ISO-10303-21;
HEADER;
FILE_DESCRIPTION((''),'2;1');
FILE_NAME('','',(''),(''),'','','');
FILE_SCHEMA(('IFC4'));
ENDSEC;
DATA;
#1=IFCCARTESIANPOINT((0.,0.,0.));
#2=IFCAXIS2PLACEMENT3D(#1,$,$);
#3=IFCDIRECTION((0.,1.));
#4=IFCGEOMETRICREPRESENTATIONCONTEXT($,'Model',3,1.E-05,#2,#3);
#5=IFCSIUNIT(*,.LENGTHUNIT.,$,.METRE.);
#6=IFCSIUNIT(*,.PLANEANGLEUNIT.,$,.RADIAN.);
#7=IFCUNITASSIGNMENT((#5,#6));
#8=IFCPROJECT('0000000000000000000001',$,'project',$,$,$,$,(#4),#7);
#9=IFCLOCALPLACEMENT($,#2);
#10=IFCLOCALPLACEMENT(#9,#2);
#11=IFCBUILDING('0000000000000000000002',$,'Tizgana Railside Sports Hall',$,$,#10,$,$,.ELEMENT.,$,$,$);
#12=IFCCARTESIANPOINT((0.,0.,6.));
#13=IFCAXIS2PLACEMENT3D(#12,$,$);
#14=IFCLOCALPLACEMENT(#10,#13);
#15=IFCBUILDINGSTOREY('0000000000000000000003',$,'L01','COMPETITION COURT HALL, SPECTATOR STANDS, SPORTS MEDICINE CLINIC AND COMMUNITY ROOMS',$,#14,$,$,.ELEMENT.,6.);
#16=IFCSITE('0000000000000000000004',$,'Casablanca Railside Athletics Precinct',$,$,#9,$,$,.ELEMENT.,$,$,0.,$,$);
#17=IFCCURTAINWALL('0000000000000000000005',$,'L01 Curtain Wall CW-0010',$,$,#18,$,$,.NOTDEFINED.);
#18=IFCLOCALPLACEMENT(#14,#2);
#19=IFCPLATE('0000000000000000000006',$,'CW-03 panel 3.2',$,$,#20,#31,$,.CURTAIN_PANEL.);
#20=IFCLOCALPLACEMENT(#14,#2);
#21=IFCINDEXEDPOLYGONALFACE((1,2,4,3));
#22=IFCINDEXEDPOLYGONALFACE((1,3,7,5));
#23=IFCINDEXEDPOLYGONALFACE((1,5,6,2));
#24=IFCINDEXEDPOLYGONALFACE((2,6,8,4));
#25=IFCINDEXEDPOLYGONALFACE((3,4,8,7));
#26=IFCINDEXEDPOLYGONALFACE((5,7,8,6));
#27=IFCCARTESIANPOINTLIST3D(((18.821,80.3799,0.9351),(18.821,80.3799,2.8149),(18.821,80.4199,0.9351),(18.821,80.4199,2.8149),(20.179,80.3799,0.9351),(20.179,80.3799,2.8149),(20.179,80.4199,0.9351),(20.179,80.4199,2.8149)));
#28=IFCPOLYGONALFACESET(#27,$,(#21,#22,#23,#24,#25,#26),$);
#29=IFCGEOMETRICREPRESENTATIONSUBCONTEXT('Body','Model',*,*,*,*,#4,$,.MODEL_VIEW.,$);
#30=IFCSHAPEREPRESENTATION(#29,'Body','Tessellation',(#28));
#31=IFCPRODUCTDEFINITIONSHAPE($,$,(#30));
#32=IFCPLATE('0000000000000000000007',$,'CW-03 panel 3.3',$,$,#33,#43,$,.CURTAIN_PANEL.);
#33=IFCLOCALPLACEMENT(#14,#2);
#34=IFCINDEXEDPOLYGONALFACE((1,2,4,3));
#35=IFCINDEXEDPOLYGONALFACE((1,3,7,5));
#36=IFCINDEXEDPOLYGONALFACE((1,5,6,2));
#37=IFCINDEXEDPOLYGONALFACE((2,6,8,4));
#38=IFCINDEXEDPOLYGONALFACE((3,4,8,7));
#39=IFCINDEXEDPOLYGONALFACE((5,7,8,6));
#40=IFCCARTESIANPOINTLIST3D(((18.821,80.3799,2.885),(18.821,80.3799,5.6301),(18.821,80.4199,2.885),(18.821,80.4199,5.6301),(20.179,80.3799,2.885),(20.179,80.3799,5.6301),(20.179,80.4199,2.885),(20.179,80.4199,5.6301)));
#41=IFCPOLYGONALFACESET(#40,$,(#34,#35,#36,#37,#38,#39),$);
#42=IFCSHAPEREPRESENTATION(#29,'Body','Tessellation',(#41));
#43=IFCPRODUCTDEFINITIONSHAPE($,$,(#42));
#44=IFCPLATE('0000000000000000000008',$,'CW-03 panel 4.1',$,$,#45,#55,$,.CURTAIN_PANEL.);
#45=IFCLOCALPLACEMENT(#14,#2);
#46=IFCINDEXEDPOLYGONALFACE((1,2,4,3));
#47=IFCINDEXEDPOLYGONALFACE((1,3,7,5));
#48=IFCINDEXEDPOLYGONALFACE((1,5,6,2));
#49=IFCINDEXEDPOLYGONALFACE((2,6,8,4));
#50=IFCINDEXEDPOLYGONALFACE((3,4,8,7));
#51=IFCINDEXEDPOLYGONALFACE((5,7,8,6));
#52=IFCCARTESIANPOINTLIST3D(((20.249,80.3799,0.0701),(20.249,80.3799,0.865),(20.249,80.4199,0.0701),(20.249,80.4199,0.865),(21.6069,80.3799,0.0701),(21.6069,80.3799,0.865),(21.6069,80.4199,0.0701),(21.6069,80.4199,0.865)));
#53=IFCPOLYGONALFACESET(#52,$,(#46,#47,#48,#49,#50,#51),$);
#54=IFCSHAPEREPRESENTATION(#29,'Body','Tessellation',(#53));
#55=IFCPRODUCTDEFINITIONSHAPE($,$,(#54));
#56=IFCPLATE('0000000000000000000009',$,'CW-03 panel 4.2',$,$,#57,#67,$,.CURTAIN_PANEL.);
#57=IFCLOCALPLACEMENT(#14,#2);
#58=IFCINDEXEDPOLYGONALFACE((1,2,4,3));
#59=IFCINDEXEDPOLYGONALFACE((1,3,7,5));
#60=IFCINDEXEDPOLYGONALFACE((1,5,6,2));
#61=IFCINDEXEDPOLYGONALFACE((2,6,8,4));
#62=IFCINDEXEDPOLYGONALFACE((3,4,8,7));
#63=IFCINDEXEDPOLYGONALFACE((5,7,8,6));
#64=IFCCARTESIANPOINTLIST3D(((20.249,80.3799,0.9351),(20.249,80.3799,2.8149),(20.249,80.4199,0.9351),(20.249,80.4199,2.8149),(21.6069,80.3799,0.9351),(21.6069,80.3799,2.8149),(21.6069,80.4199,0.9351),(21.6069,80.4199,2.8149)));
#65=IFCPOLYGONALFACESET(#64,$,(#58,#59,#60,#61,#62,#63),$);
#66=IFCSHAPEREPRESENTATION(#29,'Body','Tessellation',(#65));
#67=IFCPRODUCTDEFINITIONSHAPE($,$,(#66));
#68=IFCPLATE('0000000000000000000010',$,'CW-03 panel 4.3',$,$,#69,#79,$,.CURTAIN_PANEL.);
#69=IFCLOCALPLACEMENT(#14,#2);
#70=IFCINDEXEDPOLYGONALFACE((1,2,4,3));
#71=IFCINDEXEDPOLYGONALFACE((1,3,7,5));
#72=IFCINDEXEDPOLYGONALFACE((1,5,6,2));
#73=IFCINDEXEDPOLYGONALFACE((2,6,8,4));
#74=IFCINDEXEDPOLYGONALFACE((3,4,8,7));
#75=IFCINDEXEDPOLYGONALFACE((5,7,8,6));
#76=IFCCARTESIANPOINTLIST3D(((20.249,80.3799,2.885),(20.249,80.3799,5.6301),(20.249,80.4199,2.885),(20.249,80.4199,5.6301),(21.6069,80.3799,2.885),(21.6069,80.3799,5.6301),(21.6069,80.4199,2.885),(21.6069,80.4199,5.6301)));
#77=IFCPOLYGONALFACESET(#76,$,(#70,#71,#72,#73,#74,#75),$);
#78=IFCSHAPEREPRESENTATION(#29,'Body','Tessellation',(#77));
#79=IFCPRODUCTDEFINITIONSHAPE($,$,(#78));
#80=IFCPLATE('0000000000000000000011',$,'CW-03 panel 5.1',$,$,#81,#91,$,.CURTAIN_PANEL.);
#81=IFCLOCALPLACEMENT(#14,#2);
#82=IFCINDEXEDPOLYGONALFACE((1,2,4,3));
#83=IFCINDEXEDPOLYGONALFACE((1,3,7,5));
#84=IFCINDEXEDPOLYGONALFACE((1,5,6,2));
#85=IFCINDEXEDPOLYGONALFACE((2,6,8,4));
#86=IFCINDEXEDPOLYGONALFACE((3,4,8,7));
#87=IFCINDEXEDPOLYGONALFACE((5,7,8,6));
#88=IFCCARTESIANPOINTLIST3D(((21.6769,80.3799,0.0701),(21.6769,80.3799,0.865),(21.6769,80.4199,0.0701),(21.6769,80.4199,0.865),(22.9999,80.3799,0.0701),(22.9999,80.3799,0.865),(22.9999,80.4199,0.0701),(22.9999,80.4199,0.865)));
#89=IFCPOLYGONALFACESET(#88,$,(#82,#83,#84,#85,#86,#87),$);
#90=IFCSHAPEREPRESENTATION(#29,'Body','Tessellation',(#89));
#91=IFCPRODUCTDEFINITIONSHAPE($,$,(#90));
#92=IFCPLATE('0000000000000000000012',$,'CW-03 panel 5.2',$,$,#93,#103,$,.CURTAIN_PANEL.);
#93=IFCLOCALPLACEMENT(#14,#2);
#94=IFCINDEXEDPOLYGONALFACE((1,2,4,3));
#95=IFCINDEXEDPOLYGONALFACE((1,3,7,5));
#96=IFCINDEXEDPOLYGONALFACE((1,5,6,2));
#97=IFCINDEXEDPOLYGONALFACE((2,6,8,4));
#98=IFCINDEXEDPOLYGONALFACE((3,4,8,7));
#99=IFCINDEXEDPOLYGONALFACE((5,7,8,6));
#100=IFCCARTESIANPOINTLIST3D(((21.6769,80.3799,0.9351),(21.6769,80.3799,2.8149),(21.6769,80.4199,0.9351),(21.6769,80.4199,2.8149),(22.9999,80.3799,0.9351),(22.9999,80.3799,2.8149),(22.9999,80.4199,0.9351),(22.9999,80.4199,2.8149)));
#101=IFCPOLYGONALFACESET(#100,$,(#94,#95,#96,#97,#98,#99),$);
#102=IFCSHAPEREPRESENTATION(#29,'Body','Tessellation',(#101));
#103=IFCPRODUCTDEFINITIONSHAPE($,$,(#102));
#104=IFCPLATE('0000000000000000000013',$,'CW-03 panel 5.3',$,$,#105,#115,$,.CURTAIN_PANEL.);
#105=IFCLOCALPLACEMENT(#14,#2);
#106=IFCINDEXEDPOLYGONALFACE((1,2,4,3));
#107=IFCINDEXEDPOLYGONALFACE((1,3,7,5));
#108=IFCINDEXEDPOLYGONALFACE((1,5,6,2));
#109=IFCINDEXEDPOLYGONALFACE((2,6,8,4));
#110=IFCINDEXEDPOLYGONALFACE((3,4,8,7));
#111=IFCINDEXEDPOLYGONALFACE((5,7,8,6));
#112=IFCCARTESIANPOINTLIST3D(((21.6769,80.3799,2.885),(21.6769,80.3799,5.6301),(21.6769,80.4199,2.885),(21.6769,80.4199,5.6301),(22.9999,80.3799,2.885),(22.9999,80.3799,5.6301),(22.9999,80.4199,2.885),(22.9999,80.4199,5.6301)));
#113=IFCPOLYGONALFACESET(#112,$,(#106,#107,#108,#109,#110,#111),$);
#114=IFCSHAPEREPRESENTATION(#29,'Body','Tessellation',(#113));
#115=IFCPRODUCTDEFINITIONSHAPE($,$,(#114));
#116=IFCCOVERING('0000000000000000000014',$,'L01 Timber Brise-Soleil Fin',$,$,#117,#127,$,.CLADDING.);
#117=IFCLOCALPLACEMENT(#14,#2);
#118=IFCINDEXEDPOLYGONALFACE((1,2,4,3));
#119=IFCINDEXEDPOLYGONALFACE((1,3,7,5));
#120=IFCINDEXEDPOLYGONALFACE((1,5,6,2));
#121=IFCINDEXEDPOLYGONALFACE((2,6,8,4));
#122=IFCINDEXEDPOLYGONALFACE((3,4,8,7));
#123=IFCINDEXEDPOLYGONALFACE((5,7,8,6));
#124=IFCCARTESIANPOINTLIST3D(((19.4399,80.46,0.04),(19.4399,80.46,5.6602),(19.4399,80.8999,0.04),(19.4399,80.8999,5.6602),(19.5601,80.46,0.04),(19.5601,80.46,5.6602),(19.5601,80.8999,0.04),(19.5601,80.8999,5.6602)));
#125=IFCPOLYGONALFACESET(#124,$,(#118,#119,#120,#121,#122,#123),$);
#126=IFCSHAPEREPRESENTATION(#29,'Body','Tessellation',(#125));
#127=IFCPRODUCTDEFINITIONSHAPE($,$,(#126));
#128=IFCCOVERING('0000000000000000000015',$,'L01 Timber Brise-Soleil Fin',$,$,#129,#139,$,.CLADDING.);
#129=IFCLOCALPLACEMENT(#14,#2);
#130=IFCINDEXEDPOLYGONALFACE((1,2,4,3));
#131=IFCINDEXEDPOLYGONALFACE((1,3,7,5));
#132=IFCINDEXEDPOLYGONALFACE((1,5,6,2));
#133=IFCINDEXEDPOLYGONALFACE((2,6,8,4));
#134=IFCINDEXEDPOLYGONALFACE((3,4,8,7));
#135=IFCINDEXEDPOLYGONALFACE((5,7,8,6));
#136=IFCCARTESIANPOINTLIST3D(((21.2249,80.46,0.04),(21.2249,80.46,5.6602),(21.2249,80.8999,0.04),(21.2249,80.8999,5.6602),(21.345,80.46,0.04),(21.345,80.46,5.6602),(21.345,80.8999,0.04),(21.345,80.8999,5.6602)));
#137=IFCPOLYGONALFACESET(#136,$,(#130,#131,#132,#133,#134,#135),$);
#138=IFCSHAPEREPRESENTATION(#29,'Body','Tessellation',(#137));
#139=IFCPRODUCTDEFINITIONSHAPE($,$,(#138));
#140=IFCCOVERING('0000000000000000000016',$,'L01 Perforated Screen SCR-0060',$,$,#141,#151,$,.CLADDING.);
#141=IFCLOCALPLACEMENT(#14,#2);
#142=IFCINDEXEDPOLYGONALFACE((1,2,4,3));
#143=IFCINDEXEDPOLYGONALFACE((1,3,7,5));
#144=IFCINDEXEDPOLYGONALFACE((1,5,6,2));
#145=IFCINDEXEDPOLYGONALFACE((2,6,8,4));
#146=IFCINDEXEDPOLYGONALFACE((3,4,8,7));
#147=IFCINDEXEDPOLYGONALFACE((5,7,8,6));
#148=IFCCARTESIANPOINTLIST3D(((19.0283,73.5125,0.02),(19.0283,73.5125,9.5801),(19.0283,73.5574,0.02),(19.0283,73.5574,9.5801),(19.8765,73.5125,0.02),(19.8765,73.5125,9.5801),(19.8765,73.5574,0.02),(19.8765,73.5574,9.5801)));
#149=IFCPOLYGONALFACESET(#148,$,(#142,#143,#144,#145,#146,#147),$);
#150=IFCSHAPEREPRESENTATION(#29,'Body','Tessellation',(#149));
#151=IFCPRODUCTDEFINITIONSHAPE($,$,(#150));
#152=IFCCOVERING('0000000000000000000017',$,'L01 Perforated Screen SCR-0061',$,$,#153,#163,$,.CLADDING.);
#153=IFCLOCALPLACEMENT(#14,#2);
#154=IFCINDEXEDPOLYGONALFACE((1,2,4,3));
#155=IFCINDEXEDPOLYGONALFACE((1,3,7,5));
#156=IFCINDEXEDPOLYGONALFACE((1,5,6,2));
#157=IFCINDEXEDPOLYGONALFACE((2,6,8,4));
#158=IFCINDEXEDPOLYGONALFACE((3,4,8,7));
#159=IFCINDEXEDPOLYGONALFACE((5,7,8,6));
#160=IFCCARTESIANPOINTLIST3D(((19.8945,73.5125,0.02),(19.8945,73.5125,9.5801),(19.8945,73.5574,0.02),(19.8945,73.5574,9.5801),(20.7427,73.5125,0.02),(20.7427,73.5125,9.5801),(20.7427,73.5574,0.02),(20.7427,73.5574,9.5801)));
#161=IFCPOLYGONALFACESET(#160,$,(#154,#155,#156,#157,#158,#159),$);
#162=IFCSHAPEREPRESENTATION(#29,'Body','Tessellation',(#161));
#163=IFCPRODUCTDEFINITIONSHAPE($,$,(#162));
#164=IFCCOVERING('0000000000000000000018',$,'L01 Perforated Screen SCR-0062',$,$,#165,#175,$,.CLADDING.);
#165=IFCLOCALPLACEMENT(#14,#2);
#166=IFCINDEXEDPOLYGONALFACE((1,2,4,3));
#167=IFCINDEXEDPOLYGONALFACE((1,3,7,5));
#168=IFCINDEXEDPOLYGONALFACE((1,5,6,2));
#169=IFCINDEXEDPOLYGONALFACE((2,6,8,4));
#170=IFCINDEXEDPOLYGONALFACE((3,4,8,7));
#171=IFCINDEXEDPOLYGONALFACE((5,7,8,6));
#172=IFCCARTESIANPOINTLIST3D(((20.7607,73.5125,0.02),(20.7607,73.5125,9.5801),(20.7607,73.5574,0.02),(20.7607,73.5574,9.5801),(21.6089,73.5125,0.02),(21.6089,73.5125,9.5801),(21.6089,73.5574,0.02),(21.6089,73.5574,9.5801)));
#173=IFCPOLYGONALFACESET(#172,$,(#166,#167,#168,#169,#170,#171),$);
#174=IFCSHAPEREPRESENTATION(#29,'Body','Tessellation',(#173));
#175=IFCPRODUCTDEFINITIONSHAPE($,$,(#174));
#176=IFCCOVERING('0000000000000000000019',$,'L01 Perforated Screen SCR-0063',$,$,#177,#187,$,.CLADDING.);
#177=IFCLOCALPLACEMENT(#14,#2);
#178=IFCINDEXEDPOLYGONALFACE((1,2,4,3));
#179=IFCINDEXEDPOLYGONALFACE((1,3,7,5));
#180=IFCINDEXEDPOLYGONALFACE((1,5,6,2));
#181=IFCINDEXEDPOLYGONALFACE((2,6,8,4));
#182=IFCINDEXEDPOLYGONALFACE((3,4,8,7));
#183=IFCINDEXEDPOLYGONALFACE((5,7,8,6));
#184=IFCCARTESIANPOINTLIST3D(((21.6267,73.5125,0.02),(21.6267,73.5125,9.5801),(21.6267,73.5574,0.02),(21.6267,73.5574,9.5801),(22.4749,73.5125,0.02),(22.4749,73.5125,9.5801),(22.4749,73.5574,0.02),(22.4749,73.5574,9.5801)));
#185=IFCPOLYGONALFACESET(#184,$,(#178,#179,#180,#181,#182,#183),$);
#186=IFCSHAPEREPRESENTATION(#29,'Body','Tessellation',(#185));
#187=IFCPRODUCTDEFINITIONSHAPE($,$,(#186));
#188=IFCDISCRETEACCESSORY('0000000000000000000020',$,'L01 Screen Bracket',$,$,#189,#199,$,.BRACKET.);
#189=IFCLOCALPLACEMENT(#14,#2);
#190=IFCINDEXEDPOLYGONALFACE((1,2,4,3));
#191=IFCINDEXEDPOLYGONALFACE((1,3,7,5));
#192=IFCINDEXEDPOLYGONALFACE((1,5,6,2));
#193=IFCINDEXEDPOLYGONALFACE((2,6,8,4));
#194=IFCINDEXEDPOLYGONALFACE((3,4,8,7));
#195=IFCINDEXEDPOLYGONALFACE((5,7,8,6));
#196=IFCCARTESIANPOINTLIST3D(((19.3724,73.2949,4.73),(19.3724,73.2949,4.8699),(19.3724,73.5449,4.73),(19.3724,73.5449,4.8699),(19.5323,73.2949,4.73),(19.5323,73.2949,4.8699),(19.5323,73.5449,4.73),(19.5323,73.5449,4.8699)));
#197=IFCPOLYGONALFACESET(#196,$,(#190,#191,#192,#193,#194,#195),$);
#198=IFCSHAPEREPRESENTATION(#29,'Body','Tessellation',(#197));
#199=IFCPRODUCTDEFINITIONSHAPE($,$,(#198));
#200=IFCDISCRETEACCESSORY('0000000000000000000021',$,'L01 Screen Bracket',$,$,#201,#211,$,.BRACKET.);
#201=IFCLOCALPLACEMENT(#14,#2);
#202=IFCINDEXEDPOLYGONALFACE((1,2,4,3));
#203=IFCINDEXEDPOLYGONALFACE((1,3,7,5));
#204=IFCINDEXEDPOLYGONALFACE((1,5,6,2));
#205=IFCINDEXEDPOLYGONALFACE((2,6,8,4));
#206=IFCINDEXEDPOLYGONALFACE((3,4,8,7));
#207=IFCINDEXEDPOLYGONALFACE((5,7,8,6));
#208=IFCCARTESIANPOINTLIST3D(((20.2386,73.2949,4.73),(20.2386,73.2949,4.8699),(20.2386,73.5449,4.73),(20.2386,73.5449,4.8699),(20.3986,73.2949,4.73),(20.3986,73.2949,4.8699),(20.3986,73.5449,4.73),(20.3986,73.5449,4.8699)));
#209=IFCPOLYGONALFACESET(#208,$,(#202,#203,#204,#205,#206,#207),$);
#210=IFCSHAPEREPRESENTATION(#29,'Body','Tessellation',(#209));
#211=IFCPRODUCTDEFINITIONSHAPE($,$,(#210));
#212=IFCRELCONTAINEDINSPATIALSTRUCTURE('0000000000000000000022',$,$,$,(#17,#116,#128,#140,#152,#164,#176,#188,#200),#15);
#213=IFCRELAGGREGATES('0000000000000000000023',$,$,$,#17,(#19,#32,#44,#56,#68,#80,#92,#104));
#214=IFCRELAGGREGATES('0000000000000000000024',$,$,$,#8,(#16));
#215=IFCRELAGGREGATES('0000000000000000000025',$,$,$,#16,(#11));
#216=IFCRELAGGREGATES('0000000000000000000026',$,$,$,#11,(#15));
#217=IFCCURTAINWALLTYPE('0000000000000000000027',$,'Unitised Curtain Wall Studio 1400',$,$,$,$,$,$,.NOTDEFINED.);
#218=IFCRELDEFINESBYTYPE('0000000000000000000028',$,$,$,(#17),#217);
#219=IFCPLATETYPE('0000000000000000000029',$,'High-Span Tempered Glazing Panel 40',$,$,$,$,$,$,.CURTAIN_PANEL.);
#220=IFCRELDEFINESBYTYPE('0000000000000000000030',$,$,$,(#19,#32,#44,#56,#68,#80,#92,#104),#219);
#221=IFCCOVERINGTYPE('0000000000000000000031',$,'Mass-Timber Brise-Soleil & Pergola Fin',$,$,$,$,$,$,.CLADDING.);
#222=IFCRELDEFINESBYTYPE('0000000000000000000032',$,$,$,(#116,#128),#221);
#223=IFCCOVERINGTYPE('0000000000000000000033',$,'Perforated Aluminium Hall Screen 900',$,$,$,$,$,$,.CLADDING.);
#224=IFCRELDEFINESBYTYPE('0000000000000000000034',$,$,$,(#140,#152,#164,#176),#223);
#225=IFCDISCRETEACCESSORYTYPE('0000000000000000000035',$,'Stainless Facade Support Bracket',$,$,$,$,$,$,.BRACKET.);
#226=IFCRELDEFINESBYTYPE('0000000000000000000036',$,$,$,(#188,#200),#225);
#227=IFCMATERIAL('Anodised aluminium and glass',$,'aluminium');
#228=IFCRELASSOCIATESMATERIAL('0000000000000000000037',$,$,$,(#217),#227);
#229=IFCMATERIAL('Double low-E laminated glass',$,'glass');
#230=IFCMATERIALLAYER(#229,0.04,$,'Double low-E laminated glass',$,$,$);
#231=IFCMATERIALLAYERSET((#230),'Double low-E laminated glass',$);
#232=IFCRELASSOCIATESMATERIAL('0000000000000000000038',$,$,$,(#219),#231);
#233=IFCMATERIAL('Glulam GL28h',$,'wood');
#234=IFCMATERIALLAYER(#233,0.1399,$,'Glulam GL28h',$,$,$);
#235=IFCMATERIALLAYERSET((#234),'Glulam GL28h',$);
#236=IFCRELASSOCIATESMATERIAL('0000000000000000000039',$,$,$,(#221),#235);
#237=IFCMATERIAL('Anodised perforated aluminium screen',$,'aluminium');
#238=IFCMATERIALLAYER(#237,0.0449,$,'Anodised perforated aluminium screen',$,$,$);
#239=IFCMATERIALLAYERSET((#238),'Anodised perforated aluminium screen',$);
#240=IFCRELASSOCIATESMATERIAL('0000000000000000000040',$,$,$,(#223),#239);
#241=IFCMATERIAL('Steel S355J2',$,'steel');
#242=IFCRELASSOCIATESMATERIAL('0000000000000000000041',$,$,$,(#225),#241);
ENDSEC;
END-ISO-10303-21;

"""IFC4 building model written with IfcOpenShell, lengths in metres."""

from ifc_helpers import new_model, si_unit, direction, frame, origin, origin_2d, place, context, subcontext, project, spatial, rectangle, extrude, material, layer, layer_set, type_object, element, aggregate, save


model = new_model("IFC4")

# Units and contexts
model_context = context("Model", 3, precision=1e-05, world=origin(), true_north=direction((0.0, 1.0)))
body_context = subcontext(model_context, "Body", "Model", "MODEL_VIEW")
ifc_project = project(units=[si_unit("LENGTHUNIT", "METRE"), si_unit("PLANEANGLEUNIT", "RADIAN")], contexts=[model_context])

# Site, building, storey
site_placement = place(None, origin())
site = spatial("IfcSite", under=ifc_project, at=site_placement, Name="Casablanca Railside Athletics Precinct", CompositionType="ELEMENT", RefElevation=0.0)
building_placement = place(site_placement, origin())
building = spatial("IfcBuilding", under=site, at=building_placement, Name="Tizgana Railside Sports Hall", CompositionType="ELEMENT")
storey_placement = place(building_placement, frame((0.0, 0.0, 6.0)))
storey = spatial("IfcBuildingStorey", under=building, at=storey_placement, Name="L01", Description="COMPETITION COURT HALL, SPECTATOR STANDS, SPORTS MEDICINE CLINIC AND COMMUNITY ROOMS", CompositionType="ELEMENT", Elevation=6.0)

# Curtain wall, plates
ifc_material_1 = material(Name="Anodised aluminium and glass", Category="aluminium")
curtain_wall_type = type_object("IfcCurtainWallType", Name="Unitised Curtain Wall Studio 1400", PredefinedType="NOTDEFINED", material=ifc_material_1)
curtain_wall_placement = place(storey_placement, origin())
curtain_wall = element("IfcCurtainWall", 1, at=curtain_wall_placement, inside=storey, type_object=curtain_wall_type, Name="L01 Curtain Wall CW-0010", PredefinedType="NOTDEFINED")
ifc_material_2 = material(Name="Double low-E laminated glass", Category="glass")
ifc_layer_1 = layer(ifc_material_2, 0.04, Name="Double low-E laminated glass")
ifc_layer_set_1 = layer_set([ifc_layer_1], Name="Double low-E laminated glass")
plate_type = type_object("IfcPlateType", Name="High-Span Tempered Glazing Panel 40", PredefinedType="CURTAIN_PANEL", material=ifc_layer_set_1)
plate_1_placement = place(storey_placement, frame((19.5, 80.3999, 0.9351), z_axis=(0.0, 0.0, 1.0), x_axis=(1.0, 0.0, 0.0)))
plate_1 = element("IfcPlate", 2, at=plate_1_placement, type_object=plate_type, Name="CW-03 panel 3.2", PredefinedType="CURTAIN_PANEL", context=body_context, shape_type="SweptSolid", body=[
    extrude(rectangle(XDim=1.3579, YDim=0.04, at=origin_2d()), origin(), (0.0, 0.0, 1.0), 1.8799),
])
plate_2_placement = place(storey_placement, frame((19.5, 80.3999, 2.885), z_axis=(0.0, 0.0, 1.0), x_axis=(1.0, 0.0, 0.0)))
plate_2 = element("IfcPlate", 3, at=plate_2_placement, type_object=plate_type, Name="CW-03 panel 3.3", PredefinedType="CURTAIN_PANEL", context=body_context, shape_type="SweptSolid", body=[
    extrude(rectangle(XDim=1.3579, YDim=0.04, at=origin_2d()), origin(), (0.0, 0.0, 1.0), 2.7451),
])
plate_3_placement = place(storey_placement, frame((20.928, 80.3999, 0.0701), z_axis=(0.0, 0.0, 1.0), x_axis=(1.0, 0.0, 0.0)))
plate_3 = element("IfcPlate", 4, at=plate_3_placement, type_object=plate_type, Name="CW-03 panel 4.1", PredefinedType="CURTAIN_PANEL", context=body_context, shape_type="SweptSolid", body=[
    extrude(rectangle(XDim=1.3579, YDim=0.04, at=origin_2d()), origin(), (0.0, 0.0, 1.0), 0.7949),
])
plate_4_placement = place(storey_placement, frame((20.928, 80.3999, 0.9351), z_axis=(0.0, 0.0, 1.0), x_axis=(1.0, 0.0, 0.0)))
plate_4 = element("IfcPlate", 5, at=plate_4_placement, type_object=plate_type, Name="CW-03 panel 4.2", PredefinedType="CURTAIN_PANEL", context=body_context, shape_type="SweptSolid", body=[
    extrude(rectangle(XDim=1.3579, YDim=0.04, at=origin_2d()), origin(), (0.0, 0.0, 1.0), 1.8799),
])
plate_5_placement = place(storey_placement, frame((20.928, 80.3999, 2.885), z_axis=(0.0, 0.0, 1.0), x_axis=(1.0, 0.0, 0.0)))
plate_5 = element("IfcPlate", 6, at=plate_5_placement, type_object=plate_type, Name="CW-03 panel 4.3", PredefinedType="CURTAIN_PANEL", context=body_context, shape_type="SweptSolid", body=[
    extrude(rectangle(XDim=1.3579, YDim=0.04, at=origin_2d()), origin(), (0.0, 0.0, 1.0), 2.7451),
])
plate_6_placement = place(storey_placement, frame((22.3384, 80.3999, 0.0701), z_axis=(0.0, 0.0, 1.0), x_axis=(1.0, 0.0, 0.0)))
plate_6 = element("IfcPlate", 7, at=plate_6_placement, type_object=plate_type, Name="CW-03 panel 5.1", PredefinedType="CURTAIN_PANEL", context=body_context, shape_type="SweptSolid", body=[
    extrude(rectangle(XDim=1.323, YDim=0.04, at=origin_2d()), origin(), (0.0, 0.0, 1.0), 0.7949),
])
plate_7_placement = place(storey_placement, frame((22.3384, 80.3999, 0.9351), z_axis=(0.0, 0.0, 1.0), x_axis=(1.0, 0.0, 0.0)))
plate_7 = element("IfcPlate", 8, at=plate_7_placement, type_object=plate_type, Name="CW-03 panel 5.2", PredefinedType="CURTAIN_PANEL", context=body_context, shape_type="SweptSolid", body=[
    extrude(rectangle(XDim=1.323, YDim=0.04, at=origin_2d()), origin(), (0.0, 0.0, 1.0), 1.8799),
])
plate_8_placement = place(storey_placement, frame((22.3384, 80.3999, 2.885), z_axis=(0.0, 0.0, 1.0), x_axis=(1.0, 0.0, 0.0)))
plate_8 = element("IfcPlate", 9, at=plate_8_placement, type_object=plate_type, Name="CW-03 panel 5.3", PredefinedType="CURTAIN_PANEL", context=body_context, shape_type="SweptSolid", body=[
    extrude(rectangle(XDim=1.323, YDim=0.04, at=origin_2d()), origin(), (0.0, 0.0, 1.0), 2.7451),
])
aggregate(curtain_wall, [plate_1, plate_2, plate_3, plate_4, plate_5, plate_6, plate_7, plate_8])

# Coverings
ifc_material_3 = material(Name="Glulam GL28h", Category="wood")
ifc_layer_2 = layer(ifc_material_3, 0.1399, Name="Glulam GL28h")
ifc_layer_set_2 = layer_set([ifc_layer_2], Name="Glulam GL28h")
covering_type_1 = type_object("IfcCoveringType", Name="Mass-Timber Brise-Soleil & Pergola Fin", PredefinedType="CLADDING", material=ifc_layer_set_2)
for number, where, z_axis, x_axis, name in (
    (10, (19.5, 80.6799, 0.04), (0.0, 0.0, 1.0), (1.0, 0.0, 0.0), "L01 Timber Brise-Soleil Fin"),
    (11, (21.2849, 80.6799, 0.04), (0.0, 0.0, 1.0), (1.0, 0.0, 0.0), "L01 Timber Brise-Soleil Fin"),
):
    element("IfcCovering", number, at=place(storey_placement, frame(where, z_axis=z_axis, x_axis=x_axis)), inside=storey, type_object=covering_type_1, Name=name, PredefinedType="CLADDING", context=body_context, shape_type="SweptSolid", body=[
        extrude(rectangle(XDim=0.1201, YDim=0.4399, at=origin_2d()), origin(), (0.0, 0.0, 1.0), 5.6201),
    ])
ifc_material_4 = material(Name="Anodised perforated aluminium screen", Category="aluminium")
ifc_layer_3 = layer(ifc_material_4, 0.0449, Name="Anodised perforated aluminium screen")
ifc_layer_set_3 = layer_set([ifc_layer_3], Name="Anodised perforated aluminium screen")
covering_type_2 = type_object("IfcCoveringType", Name="Perforated Aluminium Hall Screen 900", PredefinedType="CLADDING", material=ifc_layer_set_3)
for number, where, z_axis, x_axis, name in (
    (12, (19.4524, 73.5349, 0.02), (0.0, 0.0, 1.0), (1.0, 0.0, 0.0), "L01 Perforated Screen SCR-0060"),
    (13, (20.3186, 73.5349, 0.02), (0.0, 0.0, 1.0), (1.0, 0.0, 0.0), "L01 Perforated Screen SCR-0061"),
    (14, (21.1848, 73.5349, 0.02), (0.0, 0.0, 1.0), (1.0, 0.0, 0.0), "L01 Perforated Screen SCR-0062"),
    (15, (22.0508, 73.5349, 0.02), (0.0, 0.0, 1.0), (1.0, 0.0, 0.0), "L01 Perforated Screen SCR-0063"),
):
    element("IfcCovering", number, at=place(storey_placement, frame(where, z_axis=z_axis, x_axis=x_axis)), inside=storey, type_object=covering_type_2, Name=name, PredefinedType="CLADDING", context=body_context, shape_type="SweptSolid", body=[
        extrude(rectangle(XDim=0.8481, YDim=0.0449, at=origin_2d()), origin(), (0.0, 0.0, 1.0), 9.5601),
    ])

# Discrete accessories
ifc_material_5 = material(Name="Steel S355J2", Category="steel")
discrete_accessory_type = type_object("IfcDiscreteAccessoryType", Name="Stainless Facade Support Bracket", PredefinedType="BRACKET", material=ifc_material_5)
for number, where, z_axis, x_axis, name in (
    (16, (19.4524, 73.4199, 4.73), (0.0, 0.0, 1.0), (1.0, 0.0, 0.0), "L01 Screen Bracket"),
    (17, (20.3186, 73.4199, 4.73), (0.0, 0.0, 1.0), (1.0, 0.0, 0.0), "L01 Screen Bracket"),
):
    element("IfcDiscreteAccessory", number, at=place(storey_placement, frame(where, z_axis=z_axis, x_axis=x_axis)), inside=storey, type_object=discrete_accessory_type, Name=name, PredefinedType="BRACKET", context=body_context, shape_type="SweptSolid", body=[
        extrude(rectangle(XDim=0.1599, YDim=0.25, at=origin_2d()), origin(), (0.0, 0.0, 1.0), 0.1399),
    ])

save(model, "model.ifc")
